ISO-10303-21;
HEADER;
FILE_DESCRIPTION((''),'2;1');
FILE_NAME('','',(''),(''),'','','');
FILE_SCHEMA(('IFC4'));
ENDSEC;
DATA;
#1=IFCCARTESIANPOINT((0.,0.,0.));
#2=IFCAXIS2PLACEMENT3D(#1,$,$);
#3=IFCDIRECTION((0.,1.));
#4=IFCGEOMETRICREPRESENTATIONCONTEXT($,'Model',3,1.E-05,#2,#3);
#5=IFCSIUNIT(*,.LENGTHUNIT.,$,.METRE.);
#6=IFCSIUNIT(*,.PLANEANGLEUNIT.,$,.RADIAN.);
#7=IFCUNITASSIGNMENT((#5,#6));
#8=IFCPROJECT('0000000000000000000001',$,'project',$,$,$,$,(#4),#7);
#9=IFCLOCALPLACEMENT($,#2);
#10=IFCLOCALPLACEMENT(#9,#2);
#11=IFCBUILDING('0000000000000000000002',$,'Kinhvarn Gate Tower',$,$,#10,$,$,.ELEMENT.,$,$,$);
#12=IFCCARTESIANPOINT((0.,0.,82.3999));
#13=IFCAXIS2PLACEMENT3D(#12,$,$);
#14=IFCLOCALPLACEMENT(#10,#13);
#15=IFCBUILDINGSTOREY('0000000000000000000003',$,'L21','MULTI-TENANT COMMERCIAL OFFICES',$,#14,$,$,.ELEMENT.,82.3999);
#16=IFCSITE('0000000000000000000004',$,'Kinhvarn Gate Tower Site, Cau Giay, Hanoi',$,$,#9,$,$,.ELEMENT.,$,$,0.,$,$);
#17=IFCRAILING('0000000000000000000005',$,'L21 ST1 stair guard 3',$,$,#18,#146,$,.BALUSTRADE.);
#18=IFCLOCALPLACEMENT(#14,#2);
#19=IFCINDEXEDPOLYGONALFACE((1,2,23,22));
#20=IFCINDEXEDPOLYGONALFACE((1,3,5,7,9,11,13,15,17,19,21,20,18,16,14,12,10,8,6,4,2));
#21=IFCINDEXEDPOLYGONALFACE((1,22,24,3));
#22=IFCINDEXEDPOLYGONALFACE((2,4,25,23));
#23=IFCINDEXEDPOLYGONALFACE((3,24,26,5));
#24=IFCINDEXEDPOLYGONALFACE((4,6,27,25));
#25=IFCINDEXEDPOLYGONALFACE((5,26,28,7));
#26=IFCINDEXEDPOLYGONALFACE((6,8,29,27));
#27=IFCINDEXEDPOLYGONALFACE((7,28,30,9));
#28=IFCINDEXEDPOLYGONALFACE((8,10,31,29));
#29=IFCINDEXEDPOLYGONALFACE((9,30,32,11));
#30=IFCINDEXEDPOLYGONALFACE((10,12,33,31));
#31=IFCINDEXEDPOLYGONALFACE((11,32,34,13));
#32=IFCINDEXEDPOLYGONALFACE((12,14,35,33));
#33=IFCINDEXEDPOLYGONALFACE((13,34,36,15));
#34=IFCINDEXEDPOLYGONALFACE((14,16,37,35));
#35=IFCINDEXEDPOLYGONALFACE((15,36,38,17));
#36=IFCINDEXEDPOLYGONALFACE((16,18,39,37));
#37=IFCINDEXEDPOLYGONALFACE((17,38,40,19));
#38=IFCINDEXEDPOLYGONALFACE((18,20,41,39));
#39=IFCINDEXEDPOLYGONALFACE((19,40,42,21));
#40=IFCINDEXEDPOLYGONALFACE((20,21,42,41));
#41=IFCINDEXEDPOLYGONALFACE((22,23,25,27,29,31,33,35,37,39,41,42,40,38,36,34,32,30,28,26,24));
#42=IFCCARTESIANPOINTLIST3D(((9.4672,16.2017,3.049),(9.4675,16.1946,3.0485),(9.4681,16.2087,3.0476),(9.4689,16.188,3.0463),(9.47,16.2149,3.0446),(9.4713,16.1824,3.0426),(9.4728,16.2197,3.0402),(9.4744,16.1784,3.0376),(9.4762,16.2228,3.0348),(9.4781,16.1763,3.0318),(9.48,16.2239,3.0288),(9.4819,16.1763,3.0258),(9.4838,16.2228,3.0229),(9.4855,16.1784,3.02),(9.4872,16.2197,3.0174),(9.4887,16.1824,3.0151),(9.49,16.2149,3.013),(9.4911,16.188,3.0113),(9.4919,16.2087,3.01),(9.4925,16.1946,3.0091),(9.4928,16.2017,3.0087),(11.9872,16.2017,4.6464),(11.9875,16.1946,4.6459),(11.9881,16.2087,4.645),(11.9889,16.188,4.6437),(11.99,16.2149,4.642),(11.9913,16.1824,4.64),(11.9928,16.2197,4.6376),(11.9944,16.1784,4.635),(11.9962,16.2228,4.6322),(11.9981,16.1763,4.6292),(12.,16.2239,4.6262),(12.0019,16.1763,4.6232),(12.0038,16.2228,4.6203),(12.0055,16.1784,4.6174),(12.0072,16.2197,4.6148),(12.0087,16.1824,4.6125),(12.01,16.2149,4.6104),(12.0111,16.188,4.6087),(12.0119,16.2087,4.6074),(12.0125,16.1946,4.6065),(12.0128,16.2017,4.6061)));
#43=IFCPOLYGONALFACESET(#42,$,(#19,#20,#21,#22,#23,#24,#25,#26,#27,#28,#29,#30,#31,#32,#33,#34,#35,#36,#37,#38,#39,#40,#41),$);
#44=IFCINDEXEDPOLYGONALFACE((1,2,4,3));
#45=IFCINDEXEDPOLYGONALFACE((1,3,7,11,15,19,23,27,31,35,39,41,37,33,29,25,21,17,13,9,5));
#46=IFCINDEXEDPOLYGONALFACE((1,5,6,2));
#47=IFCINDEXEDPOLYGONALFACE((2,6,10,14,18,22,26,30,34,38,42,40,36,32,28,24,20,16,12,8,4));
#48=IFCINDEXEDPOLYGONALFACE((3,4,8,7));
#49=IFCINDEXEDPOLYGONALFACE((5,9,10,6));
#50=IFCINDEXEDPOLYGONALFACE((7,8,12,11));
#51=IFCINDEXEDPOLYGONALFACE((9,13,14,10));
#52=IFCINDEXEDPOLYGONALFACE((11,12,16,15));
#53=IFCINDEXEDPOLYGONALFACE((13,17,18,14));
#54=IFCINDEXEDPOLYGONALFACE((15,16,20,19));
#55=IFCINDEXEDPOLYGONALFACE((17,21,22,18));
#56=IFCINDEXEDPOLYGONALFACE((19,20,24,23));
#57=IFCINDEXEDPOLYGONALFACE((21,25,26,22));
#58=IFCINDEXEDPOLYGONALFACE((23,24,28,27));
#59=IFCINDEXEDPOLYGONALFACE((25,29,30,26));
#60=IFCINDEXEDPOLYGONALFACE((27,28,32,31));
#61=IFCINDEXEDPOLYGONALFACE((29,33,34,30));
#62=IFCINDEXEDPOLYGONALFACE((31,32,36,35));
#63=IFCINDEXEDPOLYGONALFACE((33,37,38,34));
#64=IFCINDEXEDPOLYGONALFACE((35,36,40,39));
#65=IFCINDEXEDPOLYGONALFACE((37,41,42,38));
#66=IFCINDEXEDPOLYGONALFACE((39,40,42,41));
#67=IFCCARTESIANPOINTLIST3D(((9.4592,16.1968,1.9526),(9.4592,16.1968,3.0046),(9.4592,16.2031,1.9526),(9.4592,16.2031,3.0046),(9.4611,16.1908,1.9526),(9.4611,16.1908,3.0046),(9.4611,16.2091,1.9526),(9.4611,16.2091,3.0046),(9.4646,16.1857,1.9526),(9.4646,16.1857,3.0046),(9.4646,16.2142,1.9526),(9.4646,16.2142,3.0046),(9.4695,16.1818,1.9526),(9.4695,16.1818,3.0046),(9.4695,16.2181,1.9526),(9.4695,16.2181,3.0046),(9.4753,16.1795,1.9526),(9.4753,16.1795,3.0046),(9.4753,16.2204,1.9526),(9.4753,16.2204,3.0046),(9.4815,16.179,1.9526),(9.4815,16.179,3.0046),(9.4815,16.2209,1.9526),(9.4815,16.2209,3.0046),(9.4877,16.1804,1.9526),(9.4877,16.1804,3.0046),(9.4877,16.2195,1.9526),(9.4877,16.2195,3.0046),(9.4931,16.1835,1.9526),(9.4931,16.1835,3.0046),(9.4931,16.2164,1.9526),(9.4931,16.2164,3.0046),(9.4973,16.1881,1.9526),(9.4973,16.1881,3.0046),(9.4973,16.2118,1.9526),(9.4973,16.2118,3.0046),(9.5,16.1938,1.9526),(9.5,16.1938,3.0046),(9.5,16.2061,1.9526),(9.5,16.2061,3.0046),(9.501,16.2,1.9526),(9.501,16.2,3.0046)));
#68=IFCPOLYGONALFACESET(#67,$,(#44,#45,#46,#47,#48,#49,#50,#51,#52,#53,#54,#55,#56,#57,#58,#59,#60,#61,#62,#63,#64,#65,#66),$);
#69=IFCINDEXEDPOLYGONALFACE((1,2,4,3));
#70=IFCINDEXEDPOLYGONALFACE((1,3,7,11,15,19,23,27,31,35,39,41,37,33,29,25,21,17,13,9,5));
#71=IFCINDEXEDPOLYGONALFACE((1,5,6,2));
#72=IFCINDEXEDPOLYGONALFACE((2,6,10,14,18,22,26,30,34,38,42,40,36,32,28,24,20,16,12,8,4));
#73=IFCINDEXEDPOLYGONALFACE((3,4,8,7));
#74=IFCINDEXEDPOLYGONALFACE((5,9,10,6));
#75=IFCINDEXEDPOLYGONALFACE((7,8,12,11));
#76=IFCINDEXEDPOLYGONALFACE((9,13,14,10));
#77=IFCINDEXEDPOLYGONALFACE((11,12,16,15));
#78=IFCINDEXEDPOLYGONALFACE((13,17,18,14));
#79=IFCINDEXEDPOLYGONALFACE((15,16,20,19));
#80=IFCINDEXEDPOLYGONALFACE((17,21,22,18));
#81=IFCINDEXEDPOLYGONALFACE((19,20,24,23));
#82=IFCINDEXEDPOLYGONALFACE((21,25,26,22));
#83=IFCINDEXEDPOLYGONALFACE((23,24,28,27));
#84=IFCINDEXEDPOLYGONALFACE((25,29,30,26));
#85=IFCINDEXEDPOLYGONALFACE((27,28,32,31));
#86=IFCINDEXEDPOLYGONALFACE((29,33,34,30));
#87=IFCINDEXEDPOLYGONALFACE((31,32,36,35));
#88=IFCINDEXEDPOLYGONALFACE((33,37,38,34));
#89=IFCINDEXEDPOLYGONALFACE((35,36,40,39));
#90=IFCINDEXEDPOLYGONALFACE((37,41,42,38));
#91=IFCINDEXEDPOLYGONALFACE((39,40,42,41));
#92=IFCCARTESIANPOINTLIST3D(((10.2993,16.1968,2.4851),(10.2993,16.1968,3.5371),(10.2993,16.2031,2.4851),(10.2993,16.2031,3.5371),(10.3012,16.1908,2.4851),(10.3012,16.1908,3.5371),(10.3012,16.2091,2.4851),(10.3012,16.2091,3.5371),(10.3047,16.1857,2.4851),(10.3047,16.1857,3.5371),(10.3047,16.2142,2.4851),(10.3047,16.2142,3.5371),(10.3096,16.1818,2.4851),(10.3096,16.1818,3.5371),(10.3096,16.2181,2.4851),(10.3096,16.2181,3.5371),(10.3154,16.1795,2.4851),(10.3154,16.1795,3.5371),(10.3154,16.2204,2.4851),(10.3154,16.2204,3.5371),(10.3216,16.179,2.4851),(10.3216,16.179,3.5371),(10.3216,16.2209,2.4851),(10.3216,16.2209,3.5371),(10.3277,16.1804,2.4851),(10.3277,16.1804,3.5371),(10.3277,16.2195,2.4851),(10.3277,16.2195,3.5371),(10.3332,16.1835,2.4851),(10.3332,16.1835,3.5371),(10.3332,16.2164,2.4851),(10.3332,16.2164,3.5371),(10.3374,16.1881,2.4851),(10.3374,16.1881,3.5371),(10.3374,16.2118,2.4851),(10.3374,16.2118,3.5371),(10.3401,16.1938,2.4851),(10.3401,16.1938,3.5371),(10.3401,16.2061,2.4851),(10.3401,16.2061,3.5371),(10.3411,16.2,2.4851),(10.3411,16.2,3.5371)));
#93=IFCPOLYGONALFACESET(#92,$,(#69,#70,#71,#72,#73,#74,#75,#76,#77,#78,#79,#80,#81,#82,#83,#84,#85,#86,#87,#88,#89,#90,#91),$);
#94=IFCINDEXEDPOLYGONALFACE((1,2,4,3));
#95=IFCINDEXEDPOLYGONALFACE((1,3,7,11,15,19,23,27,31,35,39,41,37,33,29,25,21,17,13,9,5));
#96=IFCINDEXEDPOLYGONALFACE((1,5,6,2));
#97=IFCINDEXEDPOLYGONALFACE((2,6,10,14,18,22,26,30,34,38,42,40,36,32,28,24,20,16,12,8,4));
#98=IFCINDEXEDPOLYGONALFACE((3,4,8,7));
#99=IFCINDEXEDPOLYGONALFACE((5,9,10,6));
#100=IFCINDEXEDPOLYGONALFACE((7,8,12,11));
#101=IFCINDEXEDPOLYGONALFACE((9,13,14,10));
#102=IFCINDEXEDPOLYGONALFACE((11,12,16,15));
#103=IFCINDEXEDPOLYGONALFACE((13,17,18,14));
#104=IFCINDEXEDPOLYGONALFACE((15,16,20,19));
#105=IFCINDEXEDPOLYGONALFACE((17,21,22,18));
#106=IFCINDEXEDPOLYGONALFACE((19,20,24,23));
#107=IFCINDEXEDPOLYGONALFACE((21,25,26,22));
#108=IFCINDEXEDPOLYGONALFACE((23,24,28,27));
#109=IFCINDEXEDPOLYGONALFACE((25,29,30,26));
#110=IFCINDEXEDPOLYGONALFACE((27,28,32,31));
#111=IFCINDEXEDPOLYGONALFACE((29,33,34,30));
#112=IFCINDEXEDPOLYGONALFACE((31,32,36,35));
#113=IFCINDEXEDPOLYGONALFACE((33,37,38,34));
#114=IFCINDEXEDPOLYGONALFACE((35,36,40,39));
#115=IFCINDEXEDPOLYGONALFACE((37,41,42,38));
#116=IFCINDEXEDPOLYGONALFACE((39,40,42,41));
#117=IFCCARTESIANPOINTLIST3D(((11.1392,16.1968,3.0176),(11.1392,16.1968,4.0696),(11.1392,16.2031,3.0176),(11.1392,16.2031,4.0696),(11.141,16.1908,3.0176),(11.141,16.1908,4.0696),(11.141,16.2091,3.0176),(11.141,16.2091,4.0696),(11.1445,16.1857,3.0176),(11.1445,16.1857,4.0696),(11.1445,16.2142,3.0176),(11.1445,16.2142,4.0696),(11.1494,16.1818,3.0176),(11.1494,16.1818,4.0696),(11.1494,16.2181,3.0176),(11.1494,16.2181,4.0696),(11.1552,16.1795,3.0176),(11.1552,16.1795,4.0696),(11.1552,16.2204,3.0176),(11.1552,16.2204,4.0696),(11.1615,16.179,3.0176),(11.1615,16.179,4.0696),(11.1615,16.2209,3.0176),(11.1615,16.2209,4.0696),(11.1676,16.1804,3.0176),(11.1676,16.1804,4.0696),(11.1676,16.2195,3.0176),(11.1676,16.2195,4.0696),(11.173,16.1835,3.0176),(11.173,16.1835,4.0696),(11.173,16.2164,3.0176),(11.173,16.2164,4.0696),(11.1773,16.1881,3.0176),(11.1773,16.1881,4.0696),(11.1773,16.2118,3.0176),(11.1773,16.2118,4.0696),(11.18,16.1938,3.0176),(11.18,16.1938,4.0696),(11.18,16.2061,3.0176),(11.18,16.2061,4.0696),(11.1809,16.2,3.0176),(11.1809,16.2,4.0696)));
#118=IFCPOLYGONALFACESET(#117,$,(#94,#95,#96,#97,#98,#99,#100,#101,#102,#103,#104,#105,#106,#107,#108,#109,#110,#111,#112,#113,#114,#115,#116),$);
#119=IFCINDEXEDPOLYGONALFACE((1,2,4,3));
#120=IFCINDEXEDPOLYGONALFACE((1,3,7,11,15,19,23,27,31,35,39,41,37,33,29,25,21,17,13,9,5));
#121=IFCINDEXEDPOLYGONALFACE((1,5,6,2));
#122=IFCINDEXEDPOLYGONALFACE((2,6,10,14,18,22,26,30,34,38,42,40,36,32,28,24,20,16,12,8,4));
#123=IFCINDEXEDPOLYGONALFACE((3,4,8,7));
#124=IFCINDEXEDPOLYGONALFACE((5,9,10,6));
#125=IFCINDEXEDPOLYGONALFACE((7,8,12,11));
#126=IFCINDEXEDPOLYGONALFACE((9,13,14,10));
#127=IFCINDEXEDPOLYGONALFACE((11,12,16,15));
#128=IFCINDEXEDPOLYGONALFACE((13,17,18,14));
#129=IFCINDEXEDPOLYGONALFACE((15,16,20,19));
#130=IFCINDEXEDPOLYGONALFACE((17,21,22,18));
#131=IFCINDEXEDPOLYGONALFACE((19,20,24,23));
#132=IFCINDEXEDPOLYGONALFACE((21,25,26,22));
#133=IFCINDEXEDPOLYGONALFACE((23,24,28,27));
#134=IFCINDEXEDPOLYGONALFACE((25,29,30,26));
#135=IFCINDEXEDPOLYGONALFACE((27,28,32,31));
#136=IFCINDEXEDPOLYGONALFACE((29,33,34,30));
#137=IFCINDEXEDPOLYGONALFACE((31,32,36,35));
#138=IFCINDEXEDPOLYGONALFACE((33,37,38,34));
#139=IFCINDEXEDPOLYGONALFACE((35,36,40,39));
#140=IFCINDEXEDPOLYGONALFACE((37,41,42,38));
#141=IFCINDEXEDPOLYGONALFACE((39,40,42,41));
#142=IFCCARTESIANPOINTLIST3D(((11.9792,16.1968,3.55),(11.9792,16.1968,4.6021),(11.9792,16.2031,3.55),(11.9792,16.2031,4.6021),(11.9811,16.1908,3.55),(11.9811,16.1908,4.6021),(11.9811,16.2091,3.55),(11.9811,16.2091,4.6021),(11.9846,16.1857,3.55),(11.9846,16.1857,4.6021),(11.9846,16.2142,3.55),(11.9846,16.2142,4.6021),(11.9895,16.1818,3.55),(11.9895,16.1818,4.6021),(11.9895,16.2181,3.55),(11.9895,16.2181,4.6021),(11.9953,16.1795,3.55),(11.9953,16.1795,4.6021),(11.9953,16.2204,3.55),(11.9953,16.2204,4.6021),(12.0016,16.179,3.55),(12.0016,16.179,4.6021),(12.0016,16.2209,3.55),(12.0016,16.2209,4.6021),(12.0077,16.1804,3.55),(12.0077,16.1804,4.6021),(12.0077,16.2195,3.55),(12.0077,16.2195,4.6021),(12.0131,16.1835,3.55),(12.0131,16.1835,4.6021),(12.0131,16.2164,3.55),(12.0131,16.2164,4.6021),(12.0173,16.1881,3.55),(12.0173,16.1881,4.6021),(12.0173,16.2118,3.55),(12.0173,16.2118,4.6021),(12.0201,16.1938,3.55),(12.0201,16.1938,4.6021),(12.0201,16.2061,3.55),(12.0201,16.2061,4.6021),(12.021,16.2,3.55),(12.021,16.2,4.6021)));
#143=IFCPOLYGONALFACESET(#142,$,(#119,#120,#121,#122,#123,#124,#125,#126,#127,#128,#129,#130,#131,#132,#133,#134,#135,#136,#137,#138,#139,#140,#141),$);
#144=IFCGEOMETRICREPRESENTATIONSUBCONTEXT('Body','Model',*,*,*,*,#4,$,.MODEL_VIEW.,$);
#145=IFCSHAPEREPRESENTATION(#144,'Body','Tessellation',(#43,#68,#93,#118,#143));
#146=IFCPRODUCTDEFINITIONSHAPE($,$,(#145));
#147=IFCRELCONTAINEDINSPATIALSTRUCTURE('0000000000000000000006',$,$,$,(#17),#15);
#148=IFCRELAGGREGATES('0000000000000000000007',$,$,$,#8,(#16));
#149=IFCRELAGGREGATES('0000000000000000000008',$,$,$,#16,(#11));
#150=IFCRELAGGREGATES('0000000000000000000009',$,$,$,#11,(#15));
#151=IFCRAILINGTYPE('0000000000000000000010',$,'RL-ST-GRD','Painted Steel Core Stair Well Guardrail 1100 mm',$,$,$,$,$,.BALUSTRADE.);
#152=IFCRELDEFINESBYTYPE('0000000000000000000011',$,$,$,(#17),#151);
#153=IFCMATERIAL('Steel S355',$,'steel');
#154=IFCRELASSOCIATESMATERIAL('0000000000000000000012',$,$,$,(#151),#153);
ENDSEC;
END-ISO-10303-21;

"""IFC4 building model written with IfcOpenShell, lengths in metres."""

from ifc_helpers import new_model, si_unit, direction, frame, origin, origin_2d, place, context, subcontext, project, spatial, circle, extrude, material, type_object, element, save


model = new_model("IFC4")

# Units and contexts
model_context = context("Model", 3, precision=1e-05, world=origin(), true_north=direction((0.0, 1.0)))
body_context = subcontext(model_context, "Body", "Model", "MODEL_VIEW")
ifc_project = project(units=[si_unit("LENGTHUNIT", "METRE"), si_unit("PLANEANGLEUNIT", "RADIAN")], contexts=[model_context])

# Site, building, storey
site_placement = place(None, origin())
site = spatial("IfcSite", under=ifc_project, at=site_placement, Name="Kinhvarn Gate Tower Site, Cau Giay, Hanoi", CompositionType="ELEMENT", RefElevation=0.0)
building_placement = place(site_placement, origin())
building = spatial("IfcBuilding", under=site, at=building_placement, Name="Kinhvarn Gate Tower", CompositionType="ELEMENT")
storey_placement = place(building_placement, frame((0.0, 0.0, 82.3999)))
storey = spatial("IfcBuildingStorey", under=building, at=storey_placement, Name="L21", Description="MULTI-TENANT COMMERCIAL OFFICES", CompositionType="ELEMENT", Elevation=82.3999)

# Shared definitions
ifc_material_1 = material(Name="Steel S355", Category="steel")

# Railing
railing_type_1 = type_object("IfcRailingType", Name="RL-ST-GRD", Description="Painted Steel Core Stair Well Guardrail 1100 mm", PredefinedType="BALUSTRADE", material=ifc_material_1)
railing_1_placement = place(storey_placement, frame((9.48, 16.2, 1.9526)))
element("IfcRailing", 1, at=railing_1_placement, inside=storey, type_object=railing_type_1, Name="L21 ST1 stair guard 3", PredefinedType="BALUSTRADE", context=body_context, shape_type="SweptSolid", body=[
    extrude(circle(Radius=0.0239, at=origin_2d()), frame((0.0, 0.0, 1.0762), z_axis=(0.844607, 0.0, 0.535387), x_axis=(0.0, 1.0, 0.0)), (0.0, 0.0, 1.0), 2.9836),
    extrude(circle(Radius=0.021, at=origin_2d()), origin(), (0.0, 0.0, 1.0), 1.052),
    extrude(circle(Radius=0.021, at=origin_2d()), frame((0.8401, 0.0, 0.5325)), (0.0, 0.0, 1.0), 1.052),
    extrude(circle(Radius=0.021, at=origin_2d()), frame((1.6799, 0.0, 1.0649)), (0.0, 0.0, 1.0), 1.052),
    extrude(circle(Radius=0.021, at=origin_2d()), frame((2.52, 0.0, 1.5974)), (0.0, 0.0, 1.0), 1.052),
])

save(model, "model.ifc")
